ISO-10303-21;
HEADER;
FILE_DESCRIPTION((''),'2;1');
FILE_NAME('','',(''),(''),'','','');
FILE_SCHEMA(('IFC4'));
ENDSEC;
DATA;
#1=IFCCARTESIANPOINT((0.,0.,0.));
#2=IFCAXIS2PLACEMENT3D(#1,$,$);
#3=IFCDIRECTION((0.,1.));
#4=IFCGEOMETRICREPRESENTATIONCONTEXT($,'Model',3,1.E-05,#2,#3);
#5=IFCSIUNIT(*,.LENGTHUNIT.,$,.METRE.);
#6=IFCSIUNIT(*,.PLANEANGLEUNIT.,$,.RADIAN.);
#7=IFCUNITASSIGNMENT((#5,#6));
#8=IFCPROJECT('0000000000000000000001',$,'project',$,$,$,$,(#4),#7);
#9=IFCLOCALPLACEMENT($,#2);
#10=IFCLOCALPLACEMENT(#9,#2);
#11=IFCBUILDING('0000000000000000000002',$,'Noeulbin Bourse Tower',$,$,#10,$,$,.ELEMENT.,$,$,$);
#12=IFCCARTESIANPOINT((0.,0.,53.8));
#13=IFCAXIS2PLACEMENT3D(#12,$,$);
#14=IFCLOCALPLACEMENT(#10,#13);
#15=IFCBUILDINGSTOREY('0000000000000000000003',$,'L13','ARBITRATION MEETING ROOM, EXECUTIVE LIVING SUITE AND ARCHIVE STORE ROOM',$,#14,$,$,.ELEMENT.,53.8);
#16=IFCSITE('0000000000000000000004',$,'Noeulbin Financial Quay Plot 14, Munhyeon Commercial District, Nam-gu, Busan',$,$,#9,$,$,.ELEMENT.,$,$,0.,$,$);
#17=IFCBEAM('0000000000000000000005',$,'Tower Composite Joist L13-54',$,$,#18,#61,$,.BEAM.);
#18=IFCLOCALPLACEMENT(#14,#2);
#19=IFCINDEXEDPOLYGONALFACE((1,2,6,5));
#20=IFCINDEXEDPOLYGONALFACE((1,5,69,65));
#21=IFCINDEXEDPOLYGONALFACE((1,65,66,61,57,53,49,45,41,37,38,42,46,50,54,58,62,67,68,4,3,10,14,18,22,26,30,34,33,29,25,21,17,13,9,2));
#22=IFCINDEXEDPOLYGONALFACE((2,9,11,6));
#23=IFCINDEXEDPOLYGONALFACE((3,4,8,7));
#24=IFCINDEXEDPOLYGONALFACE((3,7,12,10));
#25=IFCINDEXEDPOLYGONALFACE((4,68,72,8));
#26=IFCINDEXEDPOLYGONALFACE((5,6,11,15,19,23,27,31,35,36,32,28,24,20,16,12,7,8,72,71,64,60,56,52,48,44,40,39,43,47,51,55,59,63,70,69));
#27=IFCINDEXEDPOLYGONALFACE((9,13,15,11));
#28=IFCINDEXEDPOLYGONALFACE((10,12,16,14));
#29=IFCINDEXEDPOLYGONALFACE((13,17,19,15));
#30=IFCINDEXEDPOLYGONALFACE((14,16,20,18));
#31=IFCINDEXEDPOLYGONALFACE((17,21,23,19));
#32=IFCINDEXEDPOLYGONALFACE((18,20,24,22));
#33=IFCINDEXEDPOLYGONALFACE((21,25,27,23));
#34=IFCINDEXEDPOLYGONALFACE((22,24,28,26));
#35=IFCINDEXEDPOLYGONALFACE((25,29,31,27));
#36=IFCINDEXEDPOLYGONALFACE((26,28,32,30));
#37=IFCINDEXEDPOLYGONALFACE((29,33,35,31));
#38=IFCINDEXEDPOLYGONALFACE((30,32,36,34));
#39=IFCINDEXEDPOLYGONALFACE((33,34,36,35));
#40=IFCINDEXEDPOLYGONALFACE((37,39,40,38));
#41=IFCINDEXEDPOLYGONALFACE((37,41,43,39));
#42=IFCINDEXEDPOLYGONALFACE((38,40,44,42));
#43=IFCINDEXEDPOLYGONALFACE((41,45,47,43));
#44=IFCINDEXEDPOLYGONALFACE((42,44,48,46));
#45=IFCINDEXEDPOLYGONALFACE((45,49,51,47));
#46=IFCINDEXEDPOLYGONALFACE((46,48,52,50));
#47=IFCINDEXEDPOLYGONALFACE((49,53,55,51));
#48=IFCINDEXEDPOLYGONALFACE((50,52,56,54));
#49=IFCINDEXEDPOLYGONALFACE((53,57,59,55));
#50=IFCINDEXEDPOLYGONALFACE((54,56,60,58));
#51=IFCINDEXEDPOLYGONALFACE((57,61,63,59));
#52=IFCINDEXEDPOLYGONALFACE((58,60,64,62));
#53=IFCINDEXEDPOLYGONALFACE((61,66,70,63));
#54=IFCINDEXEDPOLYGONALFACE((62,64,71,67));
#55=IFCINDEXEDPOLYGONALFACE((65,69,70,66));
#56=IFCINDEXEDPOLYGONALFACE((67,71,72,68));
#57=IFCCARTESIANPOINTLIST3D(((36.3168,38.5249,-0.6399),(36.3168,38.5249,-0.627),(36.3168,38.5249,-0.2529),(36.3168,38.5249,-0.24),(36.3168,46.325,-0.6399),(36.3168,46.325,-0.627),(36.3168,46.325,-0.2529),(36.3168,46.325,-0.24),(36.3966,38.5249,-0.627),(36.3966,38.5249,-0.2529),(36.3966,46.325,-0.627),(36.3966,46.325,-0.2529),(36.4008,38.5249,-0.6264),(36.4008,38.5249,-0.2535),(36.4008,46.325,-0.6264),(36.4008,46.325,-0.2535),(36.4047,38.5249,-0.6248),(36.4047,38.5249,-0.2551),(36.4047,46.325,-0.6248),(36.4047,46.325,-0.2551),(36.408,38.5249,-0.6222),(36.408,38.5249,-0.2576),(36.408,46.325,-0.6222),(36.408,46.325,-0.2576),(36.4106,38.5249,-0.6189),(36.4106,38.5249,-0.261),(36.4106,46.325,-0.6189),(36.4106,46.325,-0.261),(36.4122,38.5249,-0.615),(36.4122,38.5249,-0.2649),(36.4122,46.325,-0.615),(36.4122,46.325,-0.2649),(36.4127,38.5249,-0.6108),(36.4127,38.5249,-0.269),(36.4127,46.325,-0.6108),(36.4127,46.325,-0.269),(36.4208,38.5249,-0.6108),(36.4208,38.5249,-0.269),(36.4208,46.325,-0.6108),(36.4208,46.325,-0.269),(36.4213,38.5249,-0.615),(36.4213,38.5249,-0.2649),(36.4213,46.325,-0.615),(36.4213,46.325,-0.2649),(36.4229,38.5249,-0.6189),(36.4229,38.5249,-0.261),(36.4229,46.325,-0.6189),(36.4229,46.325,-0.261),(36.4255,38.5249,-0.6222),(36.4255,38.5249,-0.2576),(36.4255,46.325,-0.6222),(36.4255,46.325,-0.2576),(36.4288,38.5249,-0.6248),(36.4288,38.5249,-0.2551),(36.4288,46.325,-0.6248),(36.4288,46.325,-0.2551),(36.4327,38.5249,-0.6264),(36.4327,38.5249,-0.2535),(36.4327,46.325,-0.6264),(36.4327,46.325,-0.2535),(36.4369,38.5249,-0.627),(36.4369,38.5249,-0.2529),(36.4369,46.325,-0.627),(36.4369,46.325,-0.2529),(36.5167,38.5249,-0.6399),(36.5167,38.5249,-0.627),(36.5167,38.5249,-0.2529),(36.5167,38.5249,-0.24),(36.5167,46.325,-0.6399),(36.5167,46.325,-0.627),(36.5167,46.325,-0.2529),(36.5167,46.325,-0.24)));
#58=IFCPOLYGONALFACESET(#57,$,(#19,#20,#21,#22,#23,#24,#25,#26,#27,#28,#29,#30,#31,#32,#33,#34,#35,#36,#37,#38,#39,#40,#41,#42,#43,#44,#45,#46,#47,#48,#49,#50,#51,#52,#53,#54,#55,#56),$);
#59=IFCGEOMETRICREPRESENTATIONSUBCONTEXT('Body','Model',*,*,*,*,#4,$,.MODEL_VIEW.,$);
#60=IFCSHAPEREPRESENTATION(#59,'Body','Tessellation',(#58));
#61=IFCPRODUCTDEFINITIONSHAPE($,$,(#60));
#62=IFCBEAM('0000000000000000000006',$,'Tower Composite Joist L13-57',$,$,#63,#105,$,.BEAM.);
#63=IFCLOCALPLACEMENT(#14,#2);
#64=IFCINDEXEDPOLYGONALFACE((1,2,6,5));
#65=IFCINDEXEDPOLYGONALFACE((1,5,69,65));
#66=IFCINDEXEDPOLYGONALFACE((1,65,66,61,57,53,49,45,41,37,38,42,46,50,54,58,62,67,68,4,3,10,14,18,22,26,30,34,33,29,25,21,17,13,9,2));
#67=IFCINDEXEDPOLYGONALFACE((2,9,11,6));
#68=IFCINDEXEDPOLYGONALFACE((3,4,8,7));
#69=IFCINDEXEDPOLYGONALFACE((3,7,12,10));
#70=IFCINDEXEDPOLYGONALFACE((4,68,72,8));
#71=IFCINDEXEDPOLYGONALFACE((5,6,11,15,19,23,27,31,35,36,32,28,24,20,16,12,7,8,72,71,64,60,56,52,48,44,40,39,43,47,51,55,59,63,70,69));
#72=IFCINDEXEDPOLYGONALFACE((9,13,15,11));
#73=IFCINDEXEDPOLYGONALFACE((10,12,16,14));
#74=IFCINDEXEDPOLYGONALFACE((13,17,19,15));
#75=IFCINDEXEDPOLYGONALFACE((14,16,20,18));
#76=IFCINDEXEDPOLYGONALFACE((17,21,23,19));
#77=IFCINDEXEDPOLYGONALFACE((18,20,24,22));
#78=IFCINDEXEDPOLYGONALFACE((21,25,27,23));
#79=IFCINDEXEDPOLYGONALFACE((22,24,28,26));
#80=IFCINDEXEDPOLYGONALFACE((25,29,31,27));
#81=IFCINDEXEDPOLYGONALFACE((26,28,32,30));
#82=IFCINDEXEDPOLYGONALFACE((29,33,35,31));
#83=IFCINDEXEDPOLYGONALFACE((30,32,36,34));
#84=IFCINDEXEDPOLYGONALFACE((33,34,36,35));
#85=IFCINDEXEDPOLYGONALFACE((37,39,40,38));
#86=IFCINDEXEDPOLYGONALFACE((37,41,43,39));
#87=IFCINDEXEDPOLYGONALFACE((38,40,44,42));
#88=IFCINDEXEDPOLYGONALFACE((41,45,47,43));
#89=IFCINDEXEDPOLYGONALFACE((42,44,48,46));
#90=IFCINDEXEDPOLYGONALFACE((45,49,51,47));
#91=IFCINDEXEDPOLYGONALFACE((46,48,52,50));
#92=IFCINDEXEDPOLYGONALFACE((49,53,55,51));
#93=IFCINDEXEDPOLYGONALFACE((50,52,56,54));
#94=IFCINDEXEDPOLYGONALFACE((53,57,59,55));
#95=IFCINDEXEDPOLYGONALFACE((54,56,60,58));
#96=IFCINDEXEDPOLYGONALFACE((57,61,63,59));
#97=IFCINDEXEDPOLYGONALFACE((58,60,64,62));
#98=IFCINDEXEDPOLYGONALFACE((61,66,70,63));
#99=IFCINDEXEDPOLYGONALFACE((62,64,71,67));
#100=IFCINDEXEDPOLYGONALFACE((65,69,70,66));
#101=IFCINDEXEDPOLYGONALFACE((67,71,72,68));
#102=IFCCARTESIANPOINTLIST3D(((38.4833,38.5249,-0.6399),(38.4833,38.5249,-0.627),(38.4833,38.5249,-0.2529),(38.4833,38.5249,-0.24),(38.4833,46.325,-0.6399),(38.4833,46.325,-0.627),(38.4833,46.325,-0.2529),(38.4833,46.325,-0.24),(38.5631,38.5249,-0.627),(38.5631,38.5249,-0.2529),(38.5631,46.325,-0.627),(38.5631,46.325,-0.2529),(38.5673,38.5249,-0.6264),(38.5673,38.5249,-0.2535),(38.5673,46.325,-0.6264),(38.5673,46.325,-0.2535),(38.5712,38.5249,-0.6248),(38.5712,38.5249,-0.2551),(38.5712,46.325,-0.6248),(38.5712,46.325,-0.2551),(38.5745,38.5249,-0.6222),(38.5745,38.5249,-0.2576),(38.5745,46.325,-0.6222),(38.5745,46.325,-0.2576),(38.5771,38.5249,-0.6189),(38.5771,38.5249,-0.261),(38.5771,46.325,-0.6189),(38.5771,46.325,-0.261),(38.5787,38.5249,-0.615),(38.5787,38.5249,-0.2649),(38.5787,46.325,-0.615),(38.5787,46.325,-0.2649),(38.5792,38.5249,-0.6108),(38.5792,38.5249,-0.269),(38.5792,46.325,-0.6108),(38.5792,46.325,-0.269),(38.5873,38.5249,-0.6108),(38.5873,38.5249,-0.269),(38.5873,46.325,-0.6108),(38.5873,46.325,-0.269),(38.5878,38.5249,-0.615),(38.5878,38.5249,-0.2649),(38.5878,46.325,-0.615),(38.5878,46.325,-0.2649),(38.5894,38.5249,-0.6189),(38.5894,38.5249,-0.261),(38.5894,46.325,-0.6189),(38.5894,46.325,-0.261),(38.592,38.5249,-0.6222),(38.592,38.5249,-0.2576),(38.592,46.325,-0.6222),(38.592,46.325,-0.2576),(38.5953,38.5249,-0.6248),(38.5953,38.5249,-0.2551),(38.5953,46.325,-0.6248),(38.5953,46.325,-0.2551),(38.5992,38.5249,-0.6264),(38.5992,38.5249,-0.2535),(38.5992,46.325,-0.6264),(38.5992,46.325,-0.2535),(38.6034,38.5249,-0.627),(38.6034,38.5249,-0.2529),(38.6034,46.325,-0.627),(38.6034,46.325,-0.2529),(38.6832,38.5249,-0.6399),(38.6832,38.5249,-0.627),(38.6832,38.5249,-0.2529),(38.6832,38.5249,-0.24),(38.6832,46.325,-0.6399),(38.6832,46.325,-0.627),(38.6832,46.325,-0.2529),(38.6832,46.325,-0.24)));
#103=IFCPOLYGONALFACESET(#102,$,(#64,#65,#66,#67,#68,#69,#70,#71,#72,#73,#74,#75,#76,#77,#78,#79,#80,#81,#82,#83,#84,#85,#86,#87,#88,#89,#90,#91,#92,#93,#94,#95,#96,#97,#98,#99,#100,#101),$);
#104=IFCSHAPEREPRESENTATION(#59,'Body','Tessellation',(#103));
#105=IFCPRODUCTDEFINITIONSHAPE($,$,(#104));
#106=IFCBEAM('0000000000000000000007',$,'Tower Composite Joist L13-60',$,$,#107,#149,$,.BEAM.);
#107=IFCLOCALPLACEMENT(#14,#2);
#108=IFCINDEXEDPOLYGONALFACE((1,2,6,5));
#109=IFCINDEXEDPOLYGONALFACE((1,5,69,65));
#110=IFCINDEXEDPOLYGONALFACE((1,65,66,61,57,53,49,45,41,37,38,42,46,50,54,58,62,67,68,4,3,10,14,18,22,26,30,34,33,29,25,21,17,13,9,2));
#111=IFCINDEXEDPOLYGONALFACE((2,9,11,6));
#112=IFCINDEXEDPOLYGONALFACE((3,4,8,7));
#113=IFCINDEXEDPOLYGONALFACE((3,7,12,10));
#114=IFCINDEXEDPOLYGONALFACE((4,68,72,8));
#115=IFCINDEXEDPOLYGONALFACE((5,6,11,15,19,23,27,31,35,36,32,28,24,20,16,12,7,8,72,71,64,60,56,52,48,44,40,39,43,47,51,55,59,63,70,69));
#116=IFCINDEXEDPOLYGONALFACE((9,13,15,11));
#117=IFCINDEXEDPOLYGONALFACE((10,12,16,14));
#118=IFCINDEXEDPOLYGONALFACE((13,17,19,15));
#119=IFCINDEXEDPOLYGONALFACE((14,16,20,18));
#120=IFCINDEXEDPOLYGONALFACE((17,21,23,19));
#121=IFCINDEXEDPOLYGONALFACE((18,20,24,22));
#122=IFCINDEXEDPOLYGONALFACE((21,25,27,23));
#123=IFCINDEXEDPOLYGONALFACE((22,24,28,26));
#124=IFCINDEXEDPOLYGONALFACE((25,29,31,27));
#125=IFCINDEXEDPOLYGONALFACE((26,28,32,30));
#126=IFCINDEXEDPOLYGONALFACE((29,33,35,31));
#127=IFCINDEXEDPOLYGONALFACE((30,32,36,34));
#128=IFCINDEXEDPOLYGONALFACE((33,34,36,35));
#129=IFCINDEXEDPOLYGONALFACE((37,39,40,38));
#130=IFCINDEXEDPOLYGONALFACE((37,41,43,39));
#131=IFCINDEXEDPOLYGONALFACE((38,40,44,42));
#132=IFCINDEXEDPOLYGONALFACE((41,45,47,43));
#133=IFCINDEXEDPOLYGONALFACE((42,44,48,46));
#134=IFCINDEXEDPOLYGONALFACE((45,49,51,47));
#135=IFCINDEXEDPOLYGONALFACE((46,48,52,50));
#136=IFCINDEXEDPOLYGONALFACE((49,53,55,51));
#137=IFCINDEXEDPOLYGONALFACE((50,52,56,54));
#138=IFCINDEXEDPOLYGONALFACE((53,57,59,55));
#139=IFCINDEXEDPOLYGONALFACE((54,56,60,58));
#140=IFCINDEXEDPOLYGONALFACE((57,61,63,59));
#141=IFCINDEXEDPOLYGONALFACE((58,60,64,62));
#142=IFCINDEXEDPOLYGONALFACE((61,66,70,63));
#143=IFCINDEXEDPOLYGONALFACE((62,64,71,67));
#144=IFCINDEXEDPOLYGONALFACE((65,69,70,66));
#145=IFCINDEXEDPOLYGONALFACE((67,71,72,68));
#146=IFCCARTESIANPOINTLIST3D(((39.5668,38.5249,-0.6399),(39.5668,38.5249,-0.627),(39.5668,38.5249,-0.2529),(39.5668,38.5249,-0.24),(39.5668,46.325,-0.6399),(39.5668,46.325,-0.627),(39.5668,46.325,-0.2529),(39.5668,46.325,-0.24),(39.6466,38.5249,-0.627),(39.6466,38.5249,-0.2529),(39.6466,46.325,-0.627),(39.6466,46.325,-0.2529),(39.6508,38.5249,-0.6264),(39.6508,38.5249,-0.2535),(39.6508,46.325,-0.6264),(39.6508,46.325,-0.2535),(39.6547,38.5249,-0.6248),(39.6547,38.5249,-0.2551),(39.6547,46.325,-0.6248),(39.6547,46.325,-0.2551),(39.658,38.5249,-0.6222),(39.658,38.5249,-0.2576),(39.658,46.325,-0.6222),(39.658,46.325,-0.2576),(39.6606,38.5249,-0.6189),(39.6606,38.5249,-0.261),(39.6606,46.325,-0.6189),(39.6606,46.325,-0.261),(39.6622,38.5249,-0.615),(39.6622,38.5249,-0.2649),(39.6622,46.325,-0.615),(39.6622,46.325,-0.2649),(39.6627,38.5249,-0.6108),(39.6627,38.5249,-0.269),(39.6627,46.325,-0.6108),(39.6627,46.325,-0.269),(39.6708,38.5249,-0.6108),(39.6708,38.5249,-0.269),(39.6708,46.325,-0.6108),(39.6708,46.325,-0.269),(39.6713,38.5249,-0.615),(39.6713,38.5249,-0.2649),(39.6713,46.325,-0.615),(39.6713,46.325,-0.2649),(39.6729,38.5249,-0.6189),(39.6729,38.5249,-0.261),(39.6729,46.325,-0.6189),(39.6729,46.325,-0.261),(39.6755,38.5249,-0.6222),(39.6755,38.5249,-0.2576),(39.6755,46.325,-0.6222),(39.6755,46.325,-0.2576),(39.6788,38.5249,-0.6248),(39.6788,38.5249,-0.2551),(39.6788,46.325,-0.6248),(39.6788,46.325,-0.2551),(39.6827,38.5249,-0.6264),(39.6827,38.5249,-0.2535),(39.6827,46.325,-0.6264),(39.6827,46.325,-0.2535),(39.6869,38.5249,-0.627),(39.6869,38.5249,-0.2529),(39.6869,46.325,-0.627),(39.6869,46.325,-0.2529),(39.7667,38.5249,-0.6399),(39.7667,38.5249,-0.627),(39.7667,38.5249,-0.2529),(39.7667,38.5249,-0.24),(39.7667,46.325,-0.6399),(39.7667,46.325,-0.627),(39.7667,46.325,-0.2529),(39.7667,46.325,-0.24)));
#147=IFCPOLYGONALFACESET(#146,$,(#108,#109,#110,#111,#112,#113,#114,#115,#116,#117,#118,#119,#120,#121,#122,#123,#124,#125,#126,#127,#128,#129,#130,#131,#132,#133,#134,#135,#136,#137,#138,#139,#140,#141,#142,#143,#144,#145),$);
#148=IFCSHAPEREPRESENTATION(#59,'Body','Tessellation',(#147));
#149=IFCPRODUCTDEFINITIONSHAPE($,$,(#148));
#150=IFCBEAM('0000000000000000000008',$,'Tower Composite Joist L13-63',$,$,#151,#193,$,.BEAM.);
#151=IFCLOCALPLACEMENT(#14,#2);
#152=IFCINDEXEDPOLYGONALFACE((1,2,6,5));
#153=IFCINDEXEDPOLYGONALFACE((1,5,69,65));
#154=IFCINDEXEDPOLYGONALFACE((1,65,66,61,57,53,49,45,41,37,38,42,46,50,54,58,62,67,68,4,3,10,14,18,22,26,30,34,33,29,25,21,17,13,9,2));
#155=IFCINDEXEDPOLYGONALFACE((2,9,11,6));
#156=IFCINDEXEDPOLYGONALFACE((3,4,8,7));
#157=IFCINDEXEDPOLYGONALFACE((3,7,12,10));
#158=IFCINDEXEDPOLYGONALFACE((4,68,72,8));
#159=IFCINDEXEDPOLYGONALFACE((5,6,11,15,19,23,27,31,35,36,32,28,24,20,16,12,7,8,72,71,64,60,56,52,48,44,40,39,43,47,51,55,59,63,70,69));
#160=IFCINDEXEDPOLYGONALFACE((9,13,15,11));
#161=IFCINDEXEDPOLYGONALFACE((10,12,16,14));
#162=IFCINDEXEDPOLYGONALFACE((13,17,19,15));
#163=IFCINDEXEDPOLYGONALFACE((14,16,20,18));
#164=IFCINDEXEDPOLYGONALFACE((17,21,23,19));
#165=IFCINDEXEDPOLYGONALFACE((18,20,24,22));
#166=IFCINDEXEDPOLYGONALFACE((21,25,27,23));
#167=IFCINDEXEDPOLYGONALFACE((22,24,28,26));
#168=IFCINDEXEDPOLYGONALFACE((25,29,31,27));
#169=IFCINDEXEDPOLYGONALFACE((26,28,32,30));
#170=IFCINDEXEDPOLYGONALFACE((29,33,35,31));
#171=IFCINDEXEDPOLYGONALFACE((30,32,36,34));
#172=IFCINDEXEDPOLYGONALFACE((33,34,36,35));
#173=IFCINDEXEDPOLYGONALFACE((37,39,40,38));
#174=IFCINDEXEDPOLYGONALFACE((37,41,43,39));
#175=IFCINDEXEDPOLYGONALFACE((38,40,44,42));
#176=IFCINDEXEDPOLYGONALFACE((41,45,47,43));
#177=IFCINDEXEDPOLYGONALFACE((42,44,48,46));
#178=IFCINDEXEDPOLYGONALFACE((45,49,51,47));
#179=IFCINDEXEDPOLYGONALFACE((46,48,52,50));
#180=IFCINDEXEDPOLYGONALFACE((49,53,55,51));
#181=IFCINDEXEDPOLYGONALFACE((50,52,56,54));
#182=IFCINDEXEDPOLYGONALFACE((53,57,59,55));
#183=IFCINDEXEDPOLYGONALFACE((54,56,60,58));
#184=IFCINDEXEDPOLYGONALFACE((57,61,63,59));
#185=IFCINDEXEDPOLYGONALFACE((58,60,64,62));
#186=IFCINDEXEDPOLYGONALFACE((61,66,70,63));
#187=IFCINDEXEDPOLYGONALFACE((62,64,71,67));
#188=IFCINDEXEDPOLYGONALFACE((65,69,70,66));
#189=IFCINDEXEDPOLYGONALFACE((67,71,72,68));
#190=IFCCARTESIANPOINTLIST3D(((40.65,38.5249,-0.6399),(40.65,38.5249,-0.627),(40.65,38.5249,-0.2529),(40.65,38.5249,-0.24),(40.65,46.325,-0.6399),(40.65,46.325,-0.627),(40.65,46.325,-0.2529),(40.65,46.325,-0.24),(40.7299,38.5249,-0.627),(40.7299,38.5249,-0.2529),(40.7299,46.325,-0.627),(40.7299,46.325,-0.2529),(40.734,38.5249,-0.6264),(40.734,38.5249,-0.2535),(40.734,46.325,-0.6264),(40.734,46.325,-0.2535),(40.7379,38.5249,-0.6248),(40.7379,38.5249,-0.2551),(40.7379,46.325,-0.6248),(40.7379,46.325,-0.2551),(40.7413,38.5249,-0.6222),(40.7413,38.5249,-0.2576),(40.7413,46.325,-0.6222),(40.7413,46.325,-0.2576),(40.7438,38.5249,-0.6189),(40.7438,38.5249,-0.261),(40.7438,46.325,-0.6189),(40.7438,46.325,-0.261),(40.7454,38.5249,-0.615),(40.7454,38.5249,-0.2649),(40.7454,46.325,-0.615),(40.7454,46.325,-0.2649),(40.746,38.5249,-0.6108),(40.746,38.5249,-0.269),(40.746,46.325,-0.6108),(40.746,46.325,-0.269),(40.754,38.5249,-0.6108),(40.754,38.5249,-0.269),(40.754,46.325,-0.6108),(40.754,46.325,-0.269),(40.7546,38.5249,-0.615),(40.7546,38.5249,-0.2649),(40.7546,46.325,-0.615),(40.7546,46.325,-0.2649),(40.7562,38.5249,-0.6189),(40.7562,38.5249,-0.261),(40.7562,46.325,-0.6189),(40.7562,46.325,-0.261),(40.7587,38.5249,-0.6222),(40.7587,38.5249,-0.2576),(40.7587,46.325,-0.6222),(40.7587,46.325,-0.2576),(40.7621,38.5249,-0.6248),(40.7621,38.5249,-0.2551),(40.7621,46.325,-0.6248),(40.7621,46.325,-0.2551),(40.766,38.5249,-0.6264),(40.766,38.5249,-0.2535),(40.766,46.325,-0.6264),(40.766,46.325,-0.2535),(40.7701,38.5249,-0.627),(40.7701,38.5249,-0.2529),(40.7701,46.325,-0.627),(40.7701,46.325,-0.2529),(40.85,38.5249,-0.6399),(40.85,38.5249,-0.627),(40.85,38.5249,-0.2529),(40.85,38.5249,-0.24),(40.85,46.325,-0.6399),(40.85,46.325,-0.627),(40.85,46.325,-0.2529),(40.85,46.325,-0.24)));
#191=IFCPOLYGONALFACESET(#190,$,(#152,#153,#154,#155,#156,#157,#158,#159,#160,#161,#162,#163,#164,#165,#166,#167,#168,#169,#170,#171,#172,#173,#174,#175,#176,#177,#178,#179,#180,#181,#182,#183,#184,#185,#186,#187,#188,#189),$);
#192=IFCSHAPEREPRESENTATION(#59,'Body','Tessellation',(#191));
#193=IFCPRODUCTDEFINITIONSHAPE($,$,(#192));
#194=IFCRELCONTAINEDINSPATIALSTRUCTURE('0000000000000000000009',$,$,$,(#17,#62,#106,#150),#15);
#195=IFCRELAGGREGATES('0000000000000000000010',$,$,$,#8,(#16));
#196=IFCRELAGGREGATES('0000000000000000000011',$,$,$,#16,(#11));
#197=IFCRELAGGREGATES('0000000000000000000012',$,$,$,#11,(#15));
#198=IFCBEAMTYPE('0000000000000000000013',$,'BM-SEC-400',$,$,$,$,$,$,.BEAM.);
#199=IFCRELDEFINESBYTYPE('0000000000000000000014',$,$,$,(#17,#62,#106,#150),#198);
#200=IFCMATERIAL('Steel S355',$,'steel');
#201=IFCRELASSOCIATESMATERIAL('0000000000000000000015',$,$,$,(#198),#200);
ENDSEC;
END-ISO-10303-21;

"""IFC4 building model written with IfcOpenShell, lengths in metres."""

from ifc_helpers import new_model, si_unit, direction, frame, origin, origin_2d, place, context, subcontext, project, spatial, i_section, extrude, material, material_profile, profile_set, type_object, element, save


model = new_model("IFC4")

# Units and contexts
model_context = context("Model", 3, precision=1e-05, world=origin(), true_north=direction((0.0, 1.0)))
body_context = subcontext(model_context, "Body", "Model", "MODEL_VIEW")
ifc_project = project(units=[si_unit("LENGTHUNIT", "METRE"), si_unit("PLANEANGLEUNIT", "RADIAN")], contexts=[model_context])

# Site, building, storey
site_placement = place(None, origin())
site = spatial("IfcSite", under=ifc_project, at=site_placement, Name="Noeulbin Financial Quay Plot 14, Munhyeon Commercial District, Nam-gu, Busan", CompositionType="ELEMENT", RefElevation=0.0)
building_placement = place(site_placement, origin())
building = spatial("IfcBuilding", under=site, at=building_placement, Name="Noeulbin Bourse Tower", CompositionType="ELEMENT")
storey_placement = place(building_placement, frame((0.0, 0.0, 53.8)))
storey = spatial("IfcBuildingStorey", under=building, at=storey_placement, Name="L13", Description="ARBITRATION MEETING ROOM, EXECUTIVE LIVING SUITE AND ARCHIVE STORE ROOM", CompositionType="ELEMENT", Elevation=53.8)

# Beams
ifc_material_1 = material(Name="Steel S355", Category="steel")
ifc_material_profile_1 = material_profile(ifc_material_1, i_section(OverallWidth=0.2, OverallDepth=0.3999, WebThickness=0.0081, FlangeThickness=0.0129, FilletRadius=0.0161, at=origin_2d()), Name="H-400x200x8x13", Category="LoadBearing")
ifc_profile_set_1 = profile_set([ifc_material_profile_1], Name="Steel S355")
beam_type_1 = type_object("IfcBeamType", Name="BM-SEC-400", PredefinedType="BEAM", material=ifc_profile_set_1)
for number, where, z_axis, x_axis, name in (
    (1, (36.4167, 38.5249, -0.4399), (0.0, 1.0, 0.0), (-1.0, 0.0, 0.0), "Tower Composite Joist L13-54"),
    (2, (38.5833, 38.5249, -0.4399), (0.0, 1.0, 0.0), (-1.0, 0.0, 0.0), "Tower Composite Joist L13-57"),
    (3, (39.6667, 38.5249, -0.4399), (0.0, 1.0, 0.0), (-1.0, 0.0, 0.0), "Tower Composite Joist L13-60"),
    (4, (40.75, 38.5249, -0.4399), (0.0, 1.0, 0.0), (-1.0, 0.0, 0.0), "Tower Composite Joist L13-63"),
):
    element("IfcBeam", number, at=place(storey_placement, frame(where, z_axis=z_axis, x_axis=x_axis)), inside=storey, type_object=beam_type_1, Name=name, PredefinedType="BEAM", context=body_context, shape_type="SweptSolid", body=[
        extrude(i_section(OverallWidth=0.2, OverallDepth=0.3999, WebThickness=0.0081, FlangeThickness=0.0129, FilletRadius=0.0161, at=origin_2d()), origin(), (0.0, 0.0, 1.0), 7.8),
    ])

save(model, "model.ifc")
